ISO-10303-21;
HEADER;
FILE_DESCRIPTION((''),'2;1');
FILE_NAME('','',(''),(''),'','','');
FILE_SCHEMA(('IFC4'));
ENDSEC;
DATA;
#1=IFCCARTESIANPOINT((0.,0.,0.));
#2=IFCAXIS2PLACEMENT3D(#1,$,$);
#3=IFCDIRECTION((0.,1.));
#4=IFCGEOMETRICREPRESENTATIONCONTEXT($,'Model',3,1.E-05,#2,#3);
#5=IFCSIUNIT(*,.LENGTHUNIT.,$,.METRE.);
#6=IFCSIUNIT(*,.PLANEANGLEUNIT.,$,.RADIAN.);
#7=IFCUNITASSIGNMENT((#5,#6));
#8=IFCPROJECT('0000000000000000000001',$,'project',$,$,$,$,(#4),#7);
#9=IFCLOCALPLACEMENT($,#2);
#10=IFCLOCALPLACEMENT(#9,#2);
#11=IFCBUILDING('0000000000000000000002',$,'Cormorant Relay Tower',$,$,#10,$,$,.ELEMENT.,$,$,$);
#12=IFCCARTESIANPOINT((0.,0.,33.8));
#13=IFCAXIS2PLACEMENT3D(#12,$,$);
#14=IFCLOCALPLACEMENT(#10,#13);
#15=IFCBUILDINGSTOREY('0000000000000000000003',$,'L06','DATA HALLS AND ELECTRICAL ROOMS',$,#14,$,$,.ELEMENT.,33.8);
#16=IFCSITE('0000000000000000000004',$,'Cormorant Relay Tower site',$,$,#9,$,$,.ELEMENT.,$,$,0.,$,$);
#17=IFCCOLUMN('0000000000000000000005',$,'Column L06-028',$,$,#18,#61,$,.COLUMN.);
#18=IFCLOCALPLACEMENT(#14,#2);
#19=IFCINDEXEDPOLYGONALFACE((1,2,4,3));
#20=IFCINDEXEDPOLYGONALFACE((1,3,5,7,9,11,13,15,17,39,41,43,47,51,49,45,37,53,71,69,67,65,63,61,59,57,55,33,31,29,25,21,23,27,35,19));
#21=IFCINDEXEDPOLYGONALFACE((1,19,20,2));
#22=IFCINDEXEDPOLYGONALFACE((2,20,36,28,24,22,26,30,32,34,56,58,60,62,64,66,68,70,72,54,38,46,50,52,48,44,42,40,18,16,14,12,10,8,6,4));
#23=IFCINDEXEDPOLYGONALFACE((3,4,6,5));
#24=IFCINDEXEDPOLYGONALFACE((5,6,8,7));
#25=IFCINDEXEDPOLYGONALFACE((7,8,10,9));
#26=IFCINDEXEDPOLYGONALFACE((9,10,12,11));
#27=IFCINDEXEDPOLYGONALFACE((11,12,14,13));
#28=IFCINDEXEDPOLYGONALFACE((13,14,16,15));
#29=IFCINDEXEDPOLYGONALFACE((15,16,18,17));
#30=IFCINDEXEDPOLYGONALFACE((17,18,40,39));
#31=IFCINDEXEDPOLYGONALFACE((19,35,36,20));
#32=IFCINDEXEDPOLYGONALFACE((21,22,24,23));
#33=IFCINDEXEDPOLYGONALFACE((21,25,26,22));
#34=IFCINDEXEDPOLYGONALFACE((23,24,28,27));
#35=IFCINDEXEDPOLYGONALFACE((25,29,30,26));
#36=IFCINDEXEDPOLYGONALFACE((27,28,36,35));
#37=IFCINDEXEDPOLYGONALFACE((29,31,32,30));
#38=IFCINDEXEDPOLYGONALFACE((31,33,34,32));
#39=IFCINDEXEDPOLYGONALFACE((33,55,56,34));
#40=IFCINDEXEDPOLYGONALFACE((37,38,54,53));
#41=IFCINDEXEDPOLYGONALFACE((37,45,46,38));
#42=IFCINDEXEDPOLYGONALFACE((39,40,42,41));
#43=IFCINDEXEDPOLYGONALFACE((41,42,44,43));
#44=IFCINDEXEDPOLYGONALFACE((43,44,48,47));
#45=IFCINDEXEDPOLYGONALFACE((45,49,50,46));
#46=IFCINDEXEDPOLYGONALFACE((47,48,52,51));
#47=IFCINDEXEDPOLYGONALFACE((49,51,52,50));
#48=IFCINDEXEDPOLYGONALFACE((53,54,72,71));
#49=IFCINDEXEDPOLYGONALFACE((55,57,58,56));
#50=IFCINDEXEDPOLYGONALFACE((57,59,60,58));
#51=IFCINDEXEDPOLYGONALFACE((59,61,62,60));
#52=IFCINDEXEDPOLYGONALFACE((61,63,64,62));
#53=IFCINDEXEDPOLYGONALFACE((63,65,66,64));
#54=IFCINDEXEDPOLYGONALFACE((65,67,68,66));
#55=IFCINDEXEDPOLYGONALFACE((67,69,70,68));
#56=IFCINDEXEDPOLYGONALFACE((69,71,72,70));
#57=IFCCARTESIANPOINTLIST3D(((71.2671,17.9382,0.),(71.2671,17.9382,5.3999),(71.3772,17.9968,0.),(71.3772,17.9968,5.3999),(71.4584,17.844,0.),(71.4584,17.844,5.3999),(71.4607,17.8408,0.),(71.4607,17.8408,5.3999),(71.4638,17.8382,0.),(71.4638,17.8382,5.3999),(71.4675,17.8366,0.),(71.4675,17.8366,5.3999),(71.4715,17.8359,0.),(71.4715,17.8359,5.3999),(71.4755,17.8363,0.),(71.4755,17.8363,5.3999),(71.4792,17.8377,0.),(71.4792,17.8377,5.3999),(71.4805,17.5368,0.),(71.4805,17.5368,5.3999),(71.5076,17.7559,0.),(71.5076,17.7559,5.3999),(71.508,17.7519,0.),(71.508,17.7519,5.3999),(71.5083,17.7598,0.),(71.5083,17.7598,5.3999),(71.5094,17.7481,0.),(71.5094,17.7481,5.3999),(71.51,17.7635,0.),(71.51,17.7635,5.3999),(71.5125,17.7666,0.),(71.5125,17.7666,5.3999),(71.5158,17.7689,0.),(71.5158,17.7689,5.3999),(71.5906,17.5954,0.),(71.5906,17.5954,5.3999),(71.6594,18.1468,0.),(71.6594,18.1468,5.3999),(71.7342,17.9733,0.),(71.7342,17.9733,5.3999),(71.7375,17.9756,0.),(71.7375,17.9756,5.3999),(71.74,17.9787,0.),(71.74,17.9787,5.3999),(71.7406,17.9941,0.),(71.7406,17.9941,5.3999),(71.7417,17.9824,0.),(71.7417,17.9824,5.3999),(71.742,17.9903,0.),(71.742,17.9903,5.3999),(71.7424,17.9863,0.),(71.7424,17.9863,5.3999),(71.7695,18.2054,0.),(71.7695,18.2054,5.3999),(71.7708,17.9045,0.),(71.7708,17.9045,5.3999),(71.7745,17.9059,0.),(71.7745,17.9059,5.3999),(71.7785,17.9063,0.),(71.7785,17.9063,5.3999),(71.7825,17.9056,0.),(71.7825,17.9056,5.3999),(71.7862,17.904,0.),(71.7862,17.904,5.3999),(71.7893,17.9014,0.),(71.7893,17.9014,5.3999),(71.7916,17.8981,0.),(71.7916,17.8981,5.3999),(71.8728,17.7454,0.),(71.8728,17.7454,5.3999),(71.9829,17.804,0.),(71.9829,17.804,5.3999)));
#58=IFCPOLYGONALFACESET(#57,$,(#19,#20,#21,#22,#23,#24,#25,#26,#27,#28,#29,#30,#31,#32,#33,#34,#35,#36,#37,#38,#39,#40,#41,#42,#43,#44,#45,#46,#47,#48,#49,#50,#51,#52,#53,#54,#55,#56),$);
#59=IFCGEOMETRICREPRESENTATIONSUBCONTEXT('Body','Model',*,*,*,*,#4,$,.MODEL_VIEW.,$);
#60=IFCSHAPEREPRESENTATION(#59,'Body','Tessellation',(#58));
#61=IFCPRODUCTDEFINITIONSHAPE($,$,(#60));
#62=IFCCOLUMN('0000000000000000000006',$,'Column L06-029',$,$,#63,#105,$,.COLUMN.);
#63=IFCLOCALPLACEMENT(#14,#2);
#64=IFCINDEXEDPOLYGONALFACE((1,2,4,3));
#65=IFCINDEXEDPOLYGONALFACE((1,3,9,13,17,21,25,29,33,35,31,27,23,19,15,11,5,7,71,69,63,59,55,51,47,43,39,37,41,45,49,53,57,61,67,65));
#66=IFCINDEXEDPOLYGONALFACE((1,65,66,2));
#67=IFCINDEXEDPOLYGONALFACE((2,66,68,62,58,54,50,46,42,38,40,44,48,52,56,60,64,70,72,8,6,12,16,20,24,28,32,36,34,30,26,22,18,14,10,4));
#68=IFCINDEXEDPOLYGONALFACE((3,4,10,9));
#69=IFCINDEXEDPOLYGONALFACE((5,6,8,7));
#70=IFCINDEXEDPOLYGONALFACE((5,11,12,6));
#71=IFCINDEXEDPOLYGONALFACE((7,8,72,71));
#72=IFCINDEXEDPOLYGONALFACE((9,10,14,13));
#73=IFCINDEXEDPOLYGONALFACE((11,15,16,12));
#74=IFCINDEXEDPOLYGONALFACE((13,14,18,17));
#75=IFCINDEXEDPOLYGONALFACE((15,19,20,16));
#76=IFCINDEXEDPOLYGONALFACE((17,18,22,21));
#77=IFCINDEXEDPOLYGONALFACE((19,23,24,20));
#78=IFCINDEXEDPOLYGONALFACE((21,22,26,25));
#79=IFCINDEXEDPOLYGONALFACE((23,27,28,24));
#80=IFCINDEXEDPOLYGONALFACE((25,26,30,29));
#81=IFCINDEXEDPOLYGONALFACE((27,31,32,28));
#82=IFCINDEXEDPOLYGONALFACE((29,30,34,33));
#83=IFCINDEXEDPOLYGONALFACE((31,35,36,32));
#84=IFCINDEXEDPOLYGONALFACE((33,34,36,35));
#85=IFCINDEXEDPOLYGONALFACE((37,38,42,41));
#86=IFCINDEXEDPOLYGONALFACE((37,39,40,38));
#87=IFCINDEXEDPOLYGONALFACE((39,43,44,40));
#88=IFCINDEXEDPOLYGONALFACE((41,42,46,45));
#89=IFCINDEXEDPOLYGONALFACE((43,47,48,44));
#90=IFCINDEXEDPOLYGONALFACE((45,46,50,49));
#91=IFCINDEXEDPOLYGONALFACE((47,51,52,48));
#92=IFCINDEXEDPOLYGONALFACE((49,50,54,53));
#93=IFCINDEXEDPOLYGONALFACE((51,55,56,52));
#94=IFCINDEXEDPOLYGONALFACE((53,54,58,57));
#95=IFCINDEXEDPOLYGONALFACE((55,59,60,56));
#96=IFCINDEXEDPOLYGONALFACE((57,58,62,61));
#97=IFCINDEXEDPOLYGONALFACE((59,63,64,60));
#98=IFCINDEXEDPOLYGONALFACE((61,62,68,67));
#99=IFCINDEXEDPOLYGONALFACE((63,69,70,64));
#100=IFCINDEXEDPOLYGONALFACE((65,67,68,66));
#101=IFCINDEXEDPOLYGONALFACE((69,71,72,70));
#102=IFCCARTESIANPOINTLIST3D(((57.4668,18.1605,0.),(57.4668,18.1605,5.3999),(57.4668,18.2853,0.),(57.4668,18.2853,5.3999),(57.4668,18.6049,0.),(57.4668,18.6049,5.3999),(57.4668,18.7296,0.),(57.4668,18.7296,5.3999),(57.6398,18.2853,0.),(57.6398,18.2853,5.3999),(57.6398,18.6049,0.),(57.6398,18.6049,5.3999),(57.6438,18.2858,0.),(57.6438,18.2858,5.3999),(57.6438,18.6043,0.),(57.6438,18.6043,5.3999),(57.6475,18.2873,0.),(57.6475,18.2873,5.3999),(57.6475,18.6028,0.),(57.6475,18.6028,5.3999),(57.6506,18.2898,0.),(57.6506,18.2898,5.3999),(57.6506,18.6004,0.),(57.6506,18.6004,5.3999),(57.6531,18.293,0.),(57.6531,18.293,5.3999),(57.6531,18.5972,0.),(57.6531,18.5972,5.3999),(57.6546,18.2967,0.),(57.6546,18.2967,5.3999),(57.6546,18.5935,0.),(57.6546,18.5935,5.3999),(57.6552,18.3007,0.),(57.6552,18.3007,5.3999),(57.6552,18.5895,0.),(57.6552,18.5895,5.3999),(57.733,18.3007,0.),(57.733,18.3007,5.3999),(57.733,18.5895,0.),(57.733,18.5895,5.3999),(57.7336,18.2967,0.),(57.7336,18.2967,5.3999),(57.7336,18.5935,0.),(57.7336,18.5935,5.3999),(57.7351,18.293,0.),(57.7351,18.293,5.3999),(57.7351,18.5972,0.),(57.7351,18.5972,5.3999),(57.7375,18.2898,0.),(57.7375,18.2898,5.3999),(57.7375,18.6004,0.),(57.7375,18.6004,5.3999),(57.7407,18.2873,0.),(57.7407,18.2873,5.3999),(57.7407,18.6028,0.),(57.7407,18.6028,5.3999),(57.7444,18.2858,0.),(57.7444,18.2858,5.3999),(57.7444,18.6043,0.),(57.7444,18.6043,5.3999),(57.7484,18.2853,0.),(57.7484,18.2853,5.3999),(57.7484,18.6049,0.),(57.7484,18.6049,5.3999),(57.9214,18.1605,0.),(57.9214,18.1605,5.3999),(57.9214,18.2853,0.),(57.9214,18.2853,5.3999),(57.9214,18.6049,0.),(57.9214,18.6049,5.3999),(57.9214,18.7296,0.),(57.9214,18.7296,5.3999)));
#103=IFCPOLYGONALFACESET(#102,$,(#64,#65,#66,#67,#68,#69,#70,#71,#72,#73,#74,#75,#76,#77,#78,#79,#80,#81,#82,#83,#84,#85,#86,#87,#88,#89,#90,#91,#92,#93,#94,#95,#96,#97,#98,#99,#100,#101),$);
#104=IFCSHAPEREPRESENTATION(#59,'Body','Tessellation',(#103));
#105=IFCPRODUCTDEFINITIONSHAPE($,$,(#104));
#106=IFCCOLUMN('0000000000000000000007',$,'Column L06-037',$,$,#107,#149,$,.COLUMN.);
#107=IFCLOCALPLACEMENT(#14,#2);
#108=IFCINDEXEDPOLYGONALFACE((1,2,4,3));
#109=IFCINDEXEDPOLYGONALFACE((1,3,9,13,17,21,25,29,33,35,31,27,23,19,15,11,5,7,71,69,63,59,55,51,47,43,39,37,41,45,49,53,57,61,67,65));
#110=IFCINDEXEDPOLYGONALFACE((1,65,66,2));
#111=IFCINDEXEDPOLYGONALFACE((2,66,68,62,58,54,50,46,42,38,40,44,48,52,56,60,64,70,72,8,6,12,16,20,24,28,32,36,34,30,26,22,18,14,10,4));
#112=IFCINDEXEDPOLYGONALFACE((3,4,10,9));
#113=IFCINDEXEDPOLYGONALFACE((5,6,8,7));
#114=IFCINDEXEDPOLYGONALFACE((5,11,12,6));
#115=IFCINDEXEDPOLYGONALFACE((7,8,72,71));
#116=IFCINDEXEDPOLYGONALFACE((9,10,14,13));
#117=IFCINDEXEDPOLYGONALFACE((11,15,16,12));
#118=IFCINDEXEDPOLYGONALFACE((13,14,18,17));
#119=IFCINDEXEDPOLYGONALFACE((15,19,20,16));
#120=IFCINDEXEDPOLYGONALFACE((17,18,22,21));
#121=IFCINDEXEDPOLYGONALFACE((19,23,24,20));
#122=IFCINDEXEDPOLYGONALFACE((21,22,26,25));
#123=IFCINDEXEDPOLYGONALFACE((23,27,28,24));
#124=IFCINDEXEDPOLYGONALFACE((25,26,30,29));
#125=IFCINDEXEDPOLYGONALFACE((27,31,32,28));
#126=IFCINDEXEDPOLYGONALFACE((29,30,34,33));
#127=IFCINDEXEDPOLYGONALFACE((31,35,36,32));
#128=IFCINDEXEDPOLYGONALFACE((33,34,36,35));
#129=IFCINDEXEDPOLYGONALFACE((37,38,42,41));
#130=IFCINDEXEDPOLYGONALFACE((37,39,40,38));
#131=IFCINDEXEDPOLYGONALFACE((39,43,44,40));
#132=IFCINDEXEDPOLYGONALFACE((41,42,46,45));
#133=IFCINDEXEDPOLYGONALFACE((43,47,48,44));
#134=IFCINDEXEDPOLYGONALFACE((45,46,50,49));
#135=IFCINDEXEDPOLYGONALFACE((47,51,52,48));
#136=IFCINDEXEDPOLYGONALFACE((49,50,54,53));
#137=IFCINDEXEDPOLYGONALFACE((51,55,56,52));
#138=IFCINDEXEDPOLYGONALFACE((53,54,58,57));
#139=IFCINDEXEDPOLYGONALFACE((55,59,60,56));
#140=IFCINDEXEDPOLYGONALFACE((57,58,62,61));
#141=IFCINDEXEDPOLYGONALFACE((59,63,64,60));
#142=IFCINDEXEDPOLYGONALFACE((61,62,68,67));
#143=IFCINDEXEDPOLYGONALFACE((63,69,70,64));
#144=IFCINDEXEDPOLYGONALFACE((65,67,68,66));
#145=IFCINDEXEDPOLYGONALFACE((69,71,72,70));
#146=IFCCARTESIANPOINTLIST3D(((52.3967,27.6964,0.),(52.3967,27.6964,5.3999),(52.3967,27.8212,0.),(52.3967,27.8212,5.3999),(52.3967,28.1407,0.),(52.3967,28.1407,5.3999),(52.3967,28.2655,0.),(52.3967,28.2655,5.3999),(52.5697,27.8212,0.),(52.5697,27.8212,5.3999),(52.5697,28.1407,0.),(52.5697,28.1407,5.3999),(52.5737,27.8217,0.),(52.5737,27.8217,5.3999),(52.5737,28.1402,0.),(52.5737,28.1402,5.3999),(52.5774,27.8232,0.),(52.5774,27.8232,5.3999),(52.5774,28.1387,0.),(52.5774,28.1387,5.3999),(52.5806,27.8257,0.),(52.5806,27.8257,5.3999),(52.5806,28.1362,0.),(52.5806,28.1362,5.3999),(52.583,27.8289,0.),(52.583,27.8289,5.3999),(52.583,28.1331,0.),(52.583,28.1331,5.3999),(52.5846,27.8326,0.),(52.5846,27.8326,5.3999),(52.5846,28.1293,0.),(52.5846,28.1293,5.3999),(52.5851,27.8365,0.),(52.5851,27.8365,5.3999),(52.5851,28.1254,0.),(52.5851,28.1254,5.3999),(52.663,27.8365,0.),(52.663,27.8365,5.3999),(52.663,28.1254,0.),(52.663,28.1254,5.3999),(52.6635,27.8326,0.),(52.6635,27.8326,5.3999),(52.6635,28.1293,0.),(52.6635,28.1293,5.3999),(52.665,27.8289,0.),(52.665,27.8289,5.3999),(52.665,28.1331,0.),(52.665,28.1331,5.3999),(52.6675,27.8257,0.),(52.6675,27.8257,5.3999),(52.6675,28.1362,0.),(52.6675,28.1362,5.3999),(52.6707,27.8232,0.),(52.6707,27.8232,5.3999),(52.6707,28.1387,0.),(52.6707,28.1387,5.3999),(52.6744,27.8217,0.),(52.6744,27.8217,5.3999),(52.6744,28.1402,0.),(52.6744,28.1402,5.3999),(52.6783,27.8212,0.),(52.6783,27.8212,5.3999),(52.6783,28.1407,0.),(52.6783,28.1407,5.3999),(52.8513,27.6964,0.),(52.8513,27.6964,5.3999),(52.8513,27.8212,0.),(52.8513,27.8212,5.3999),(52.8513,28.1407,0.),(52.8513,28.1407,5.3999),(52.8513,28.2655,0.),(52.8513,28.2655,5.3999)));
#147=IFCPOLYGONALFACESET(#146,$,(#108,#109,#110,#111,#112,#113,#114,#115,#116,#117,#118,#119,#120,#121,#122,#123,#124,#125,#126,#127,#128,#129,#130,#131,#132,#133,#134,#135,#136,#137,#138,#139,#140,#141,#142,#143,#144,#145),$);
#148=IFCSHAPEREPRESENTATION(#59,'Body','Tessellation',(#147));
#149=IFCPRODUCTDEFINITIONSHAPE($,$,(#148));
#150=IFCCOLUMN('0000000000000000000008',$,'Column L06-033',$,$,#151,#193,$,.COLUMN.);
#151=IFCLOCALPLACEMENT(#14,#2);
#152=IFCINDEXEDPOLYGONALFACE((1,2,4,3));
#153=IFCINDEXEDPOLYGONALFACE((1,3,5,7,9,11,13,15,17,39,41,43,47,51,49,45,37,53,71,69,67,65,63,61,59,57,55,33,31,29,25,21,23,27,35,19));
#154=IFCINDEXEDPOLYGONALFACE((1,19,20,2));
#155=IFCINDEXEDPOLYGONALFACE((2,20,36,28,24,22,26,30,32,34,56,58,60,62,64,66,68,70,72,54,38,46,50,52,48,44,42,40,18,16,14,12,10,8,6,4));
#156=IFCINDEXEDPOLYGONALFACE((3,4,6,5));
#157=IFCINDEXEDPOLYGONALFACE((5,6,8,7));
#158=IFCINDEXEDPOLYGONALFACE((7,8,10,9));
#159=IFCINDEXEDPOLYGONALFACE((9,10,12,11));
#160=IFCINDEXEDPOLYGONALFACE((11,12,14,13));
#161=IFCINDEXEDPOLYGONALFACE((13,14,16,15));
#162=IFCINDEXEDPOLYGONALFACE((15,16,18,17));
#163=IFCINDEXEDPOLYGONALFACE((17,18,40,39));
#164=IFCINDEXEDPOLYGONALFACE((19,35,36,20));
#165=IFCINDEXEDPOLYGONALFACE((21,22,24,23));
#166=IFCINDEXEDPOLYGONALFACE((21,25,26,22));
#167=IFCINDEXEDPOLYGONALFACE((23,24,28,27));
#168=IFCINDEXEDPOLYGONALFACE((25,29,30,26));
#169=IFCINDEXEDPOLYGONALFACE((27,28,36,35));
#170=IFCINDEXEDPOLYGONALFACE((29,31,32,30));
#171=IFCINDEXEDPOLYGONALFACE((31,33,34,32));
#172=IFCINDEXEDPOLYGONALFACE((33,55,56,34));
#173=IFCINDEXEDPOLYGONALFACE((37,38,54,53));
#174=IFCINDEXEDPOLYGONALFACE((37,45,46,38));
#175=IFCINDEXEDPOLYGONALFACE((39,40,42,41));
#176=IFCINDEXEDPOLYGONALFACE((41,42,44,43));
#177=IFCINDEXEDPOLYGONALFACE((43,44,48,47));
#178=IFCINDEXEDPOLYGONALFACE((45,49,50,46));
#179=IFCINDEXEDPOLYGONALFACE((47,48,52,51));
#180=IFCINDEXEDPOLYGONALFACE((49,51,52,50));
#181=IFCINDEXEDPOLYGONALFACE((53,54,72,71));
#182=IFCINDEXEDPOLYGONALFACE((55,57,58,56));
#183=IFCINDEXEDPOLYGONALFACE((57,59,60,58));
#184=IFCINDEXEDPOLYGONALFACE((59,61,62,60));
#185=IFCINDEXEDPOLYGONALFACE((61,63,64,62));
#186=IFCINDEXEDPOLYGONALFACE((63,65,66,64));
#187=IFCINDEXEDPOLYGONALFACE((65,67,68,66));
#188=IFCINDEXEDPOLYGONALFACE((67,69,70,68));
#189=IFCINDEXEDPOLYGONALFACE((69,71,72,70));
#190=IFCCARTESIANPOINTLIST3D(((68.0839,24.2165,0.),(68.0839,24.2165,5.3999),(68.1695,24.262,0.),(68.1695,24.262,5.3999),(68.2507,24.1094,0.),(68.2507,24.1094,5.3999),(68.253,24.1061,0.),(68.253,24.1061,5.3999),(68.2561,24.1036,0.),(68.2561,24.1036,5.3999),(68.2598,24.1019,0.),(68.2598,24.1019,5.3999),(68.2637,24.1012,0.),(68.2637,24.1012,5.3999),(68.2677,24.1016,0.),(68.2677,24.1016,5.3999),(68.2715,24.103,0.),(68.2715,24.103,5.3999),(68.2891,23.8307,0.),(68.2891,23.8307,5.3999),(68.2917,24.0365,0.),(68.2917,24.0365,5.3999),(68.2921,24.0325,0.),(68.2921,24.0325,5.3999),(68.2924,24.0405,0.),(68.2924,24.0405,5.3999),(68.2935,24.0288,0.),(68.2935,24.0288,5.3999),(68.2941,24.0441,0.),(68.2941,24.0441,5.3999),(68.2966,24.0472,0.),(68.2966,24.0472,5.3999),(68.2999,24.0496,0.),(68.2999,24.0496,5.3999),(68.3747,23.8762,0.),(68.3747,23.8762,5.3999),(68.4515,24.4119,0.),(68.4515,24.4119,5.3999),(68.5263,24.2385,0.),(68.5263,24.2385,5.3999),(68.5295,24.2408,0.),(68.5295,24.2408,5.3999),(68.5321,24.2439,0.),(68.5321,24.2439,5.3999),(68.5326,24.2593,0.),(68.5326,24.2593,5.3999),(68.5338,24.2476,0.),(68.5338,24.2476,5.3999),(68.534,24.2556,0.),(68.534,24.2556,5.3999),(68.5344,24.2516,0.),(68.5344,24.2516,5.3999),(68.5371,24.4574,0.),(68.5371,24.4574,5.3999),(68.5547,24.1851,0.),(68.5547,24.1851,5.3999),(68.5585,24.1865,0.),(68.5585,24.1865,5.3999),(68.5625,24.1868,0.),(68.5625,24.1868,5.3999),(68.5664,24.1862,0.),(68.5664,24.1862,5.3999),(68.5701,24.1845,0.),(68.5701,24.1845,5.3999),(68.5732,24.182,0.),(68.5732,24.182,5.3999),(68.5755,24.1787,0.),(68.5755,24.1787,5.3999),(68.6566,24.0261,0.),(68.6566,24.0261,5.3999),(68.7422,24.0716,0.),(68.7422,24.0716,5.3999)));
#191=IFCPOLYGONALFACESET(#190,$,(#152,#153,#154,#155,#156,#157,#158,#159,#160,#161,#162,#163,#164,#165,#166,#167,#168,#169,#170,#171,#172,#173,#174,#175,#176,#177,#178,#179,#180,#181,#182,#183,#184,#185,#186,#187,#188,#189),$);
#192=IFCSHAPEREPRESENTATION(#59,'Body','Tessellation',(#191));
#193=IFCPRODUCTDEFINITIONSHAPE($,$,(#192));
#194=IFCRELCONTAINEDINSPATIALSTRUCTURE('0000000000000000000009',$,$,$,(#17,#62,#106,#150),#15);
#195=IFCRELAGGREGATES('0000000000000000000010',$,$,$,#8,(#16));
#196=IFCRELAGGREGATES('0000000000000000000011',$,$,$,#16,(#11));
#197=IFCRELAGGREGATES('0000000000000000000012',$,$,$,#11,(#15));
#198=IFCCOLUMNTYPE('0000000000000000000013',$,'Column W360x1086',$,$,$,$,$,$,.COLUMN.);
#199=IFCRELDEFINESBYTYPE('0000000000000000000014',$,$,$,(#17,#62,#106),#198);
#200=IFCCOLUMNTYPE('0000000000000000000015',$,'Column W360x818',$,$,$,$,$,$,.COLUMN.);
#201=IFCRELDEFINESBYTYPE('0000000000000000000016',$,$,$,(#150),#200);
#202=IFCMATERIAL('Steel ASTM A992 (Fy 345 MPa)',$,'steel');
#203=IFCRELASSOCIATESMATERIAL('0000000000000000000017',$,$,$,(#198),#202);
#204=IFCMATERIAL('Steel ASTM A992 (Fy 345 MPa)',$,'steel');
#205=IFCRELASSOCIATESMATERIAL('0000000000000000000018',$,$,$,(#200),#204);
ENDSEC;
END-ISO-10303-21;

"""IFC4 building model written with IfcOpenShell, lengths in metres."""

from ifc_helpers import new_model, si_unit, direction, frame, origin, origin_2d, place, context, subcontext, project, spatial, i_section, extrude, material, material_profile, profile_set, type_object, element, save


model = new_model("IFC4")

# Units and contexts
model_context = context("Model", 3, precision=1e-05, world=origin(), true_north=direction((0.0, 1.0)))
body_context = subcontext(model_context, "Body", "Model", "MODEL_VIEW")
ifc_project = project(units=[si_unit("LENGTHUNIT", "METRE"), si_unit("PLANEANGLEUNIT", "RADIAN")], contexts=[model_context])

# Site, building, storey
site_placement = place(None, origin())
site = spatial("IfcSite", under=ifc_project, at=site_placement, Name="Cormorant Relay Tower site", CompositionType="ELEMENT", RefElevation=0.0)
building_placement = place(site_placement, origin())
building = spatial("IfcBuilding", under=site, at=building_placement, Name="Cormorant Relay Tower", CompositionType="ELEMENT")
storey_placement = place(building_placement, frame((0.0, 0.0, 33.8)))
storey = spatial("IfcBuildingStorey", under=building, at=storey_placement, Name="L06", Description="DATA HALLS AND ELECTRICAL ROOMS", CompositionType="ELEMENT", Elevation=33.8)

# Columns
ifc_material_1 = material(Name="Steel ASTM A992 (Fy 345 MPa)", Category="steel")
ifc_material_profile_1 = material_profile(ifc_material_1, i_section(OverallWidth=0.4546, OverallDepth=0.5691, WebThickness=0.0779, FlangeThickness=0.1248, FilletRadius=0.0154, at=origin_2d()), Name="W360x1086")
ifc_profile_set_1 = profile_set([ifc_material_profile_1], Name="Steel ASTM A992 (Fy 345 MPa)")
column_type_1 = type_object("IfcColumnType", Name="Column W360x1086", PredefinedType="COLUMN", material=ifc_profile_set_1)
for number, where, z_axis, x_axis, name in (
    (1, (71.625, 17.8711, 0.0), (0.0, 0.0, 1.0), (-0.469472, 0.882948, 0.0), "Column L06-028"),
    (2, (57.6941, 18.4451, 0.0), (0.0, 0.0, 1.0), (1.0, 0.0, 0.0), "Column L06-029"),
    (3, (52.624, 27.981, 0.0), (0.0, 0.0, 1.0), (1.0, 0.0, 0.0), "Column L06-037"),
):
    element("IfcColumn", number, at=place(storey_placement, frame(where, z_axis=z_axis, x_axis=x_axis)), inside=storey, type_object=column_type_1, Name=name, PredefinedType="COLUMN", context=body_context, shape_type="SweptSolid", body=[
        extrude(i_section(OverallWidth=0.4546, OverallDepth=0.5691, WebThickness=0.0779, FlangeThickness=0.1248, FilletRadius=0.0154, at=origin_2d()), origin(), (0.0, 0.0, 1.0), 5.3999),
    ])
ifc_material_2 = material(Name="Steel ASTM A992 (Fy 345 MPa)", Category="steel")
ifc_material_profile_2 = material_profile(ifc_material_2, i_section(OverallWidth=0.437, OverallDepth=0.5132, WebThickness=0.0605, FlangeThickness=0.0969, FilletRadius=0.0154, at=origin_2d()), Name="W360x818")
ifc_profile_set_2 = profile_set([ifc_material_profile_2], Name="Steel ASTM A992 (Fy 345 MPa)")
column_type_2 = type_object("IfcColumnType", Name="Column W360x818", PredefinedType="COLUMN", material=ifc_profile_set_2)
for number, where, z_axis, x_axis, name in (
    (4, (68.4131, 24.144, 0.0), (0.0, 0.0, 1.0), (-0.469472, 0.882948, 0.0), "Column L06-033"),
):
    element("IfcColumn", number, at=place(storey_placement, frame(where, z_axis=z_axis, x_axis=x_axis)), inside=storey, type_object=column_type_2, Name=name, PredefinedType="COLUMN", context=body_context, shape_type="SweptSolid", body=[
        extrude(i_section(OverallWidth=0.437, OverallDepth=0.5132, WebThickness=0.0605, FlangeThickness=0.0969, FilletRadius=0.0154, at=origin_2d()), origin(), (0.0, 0.0, 1.0), 5.3999),
    ])

save(model, "model.ifc")
